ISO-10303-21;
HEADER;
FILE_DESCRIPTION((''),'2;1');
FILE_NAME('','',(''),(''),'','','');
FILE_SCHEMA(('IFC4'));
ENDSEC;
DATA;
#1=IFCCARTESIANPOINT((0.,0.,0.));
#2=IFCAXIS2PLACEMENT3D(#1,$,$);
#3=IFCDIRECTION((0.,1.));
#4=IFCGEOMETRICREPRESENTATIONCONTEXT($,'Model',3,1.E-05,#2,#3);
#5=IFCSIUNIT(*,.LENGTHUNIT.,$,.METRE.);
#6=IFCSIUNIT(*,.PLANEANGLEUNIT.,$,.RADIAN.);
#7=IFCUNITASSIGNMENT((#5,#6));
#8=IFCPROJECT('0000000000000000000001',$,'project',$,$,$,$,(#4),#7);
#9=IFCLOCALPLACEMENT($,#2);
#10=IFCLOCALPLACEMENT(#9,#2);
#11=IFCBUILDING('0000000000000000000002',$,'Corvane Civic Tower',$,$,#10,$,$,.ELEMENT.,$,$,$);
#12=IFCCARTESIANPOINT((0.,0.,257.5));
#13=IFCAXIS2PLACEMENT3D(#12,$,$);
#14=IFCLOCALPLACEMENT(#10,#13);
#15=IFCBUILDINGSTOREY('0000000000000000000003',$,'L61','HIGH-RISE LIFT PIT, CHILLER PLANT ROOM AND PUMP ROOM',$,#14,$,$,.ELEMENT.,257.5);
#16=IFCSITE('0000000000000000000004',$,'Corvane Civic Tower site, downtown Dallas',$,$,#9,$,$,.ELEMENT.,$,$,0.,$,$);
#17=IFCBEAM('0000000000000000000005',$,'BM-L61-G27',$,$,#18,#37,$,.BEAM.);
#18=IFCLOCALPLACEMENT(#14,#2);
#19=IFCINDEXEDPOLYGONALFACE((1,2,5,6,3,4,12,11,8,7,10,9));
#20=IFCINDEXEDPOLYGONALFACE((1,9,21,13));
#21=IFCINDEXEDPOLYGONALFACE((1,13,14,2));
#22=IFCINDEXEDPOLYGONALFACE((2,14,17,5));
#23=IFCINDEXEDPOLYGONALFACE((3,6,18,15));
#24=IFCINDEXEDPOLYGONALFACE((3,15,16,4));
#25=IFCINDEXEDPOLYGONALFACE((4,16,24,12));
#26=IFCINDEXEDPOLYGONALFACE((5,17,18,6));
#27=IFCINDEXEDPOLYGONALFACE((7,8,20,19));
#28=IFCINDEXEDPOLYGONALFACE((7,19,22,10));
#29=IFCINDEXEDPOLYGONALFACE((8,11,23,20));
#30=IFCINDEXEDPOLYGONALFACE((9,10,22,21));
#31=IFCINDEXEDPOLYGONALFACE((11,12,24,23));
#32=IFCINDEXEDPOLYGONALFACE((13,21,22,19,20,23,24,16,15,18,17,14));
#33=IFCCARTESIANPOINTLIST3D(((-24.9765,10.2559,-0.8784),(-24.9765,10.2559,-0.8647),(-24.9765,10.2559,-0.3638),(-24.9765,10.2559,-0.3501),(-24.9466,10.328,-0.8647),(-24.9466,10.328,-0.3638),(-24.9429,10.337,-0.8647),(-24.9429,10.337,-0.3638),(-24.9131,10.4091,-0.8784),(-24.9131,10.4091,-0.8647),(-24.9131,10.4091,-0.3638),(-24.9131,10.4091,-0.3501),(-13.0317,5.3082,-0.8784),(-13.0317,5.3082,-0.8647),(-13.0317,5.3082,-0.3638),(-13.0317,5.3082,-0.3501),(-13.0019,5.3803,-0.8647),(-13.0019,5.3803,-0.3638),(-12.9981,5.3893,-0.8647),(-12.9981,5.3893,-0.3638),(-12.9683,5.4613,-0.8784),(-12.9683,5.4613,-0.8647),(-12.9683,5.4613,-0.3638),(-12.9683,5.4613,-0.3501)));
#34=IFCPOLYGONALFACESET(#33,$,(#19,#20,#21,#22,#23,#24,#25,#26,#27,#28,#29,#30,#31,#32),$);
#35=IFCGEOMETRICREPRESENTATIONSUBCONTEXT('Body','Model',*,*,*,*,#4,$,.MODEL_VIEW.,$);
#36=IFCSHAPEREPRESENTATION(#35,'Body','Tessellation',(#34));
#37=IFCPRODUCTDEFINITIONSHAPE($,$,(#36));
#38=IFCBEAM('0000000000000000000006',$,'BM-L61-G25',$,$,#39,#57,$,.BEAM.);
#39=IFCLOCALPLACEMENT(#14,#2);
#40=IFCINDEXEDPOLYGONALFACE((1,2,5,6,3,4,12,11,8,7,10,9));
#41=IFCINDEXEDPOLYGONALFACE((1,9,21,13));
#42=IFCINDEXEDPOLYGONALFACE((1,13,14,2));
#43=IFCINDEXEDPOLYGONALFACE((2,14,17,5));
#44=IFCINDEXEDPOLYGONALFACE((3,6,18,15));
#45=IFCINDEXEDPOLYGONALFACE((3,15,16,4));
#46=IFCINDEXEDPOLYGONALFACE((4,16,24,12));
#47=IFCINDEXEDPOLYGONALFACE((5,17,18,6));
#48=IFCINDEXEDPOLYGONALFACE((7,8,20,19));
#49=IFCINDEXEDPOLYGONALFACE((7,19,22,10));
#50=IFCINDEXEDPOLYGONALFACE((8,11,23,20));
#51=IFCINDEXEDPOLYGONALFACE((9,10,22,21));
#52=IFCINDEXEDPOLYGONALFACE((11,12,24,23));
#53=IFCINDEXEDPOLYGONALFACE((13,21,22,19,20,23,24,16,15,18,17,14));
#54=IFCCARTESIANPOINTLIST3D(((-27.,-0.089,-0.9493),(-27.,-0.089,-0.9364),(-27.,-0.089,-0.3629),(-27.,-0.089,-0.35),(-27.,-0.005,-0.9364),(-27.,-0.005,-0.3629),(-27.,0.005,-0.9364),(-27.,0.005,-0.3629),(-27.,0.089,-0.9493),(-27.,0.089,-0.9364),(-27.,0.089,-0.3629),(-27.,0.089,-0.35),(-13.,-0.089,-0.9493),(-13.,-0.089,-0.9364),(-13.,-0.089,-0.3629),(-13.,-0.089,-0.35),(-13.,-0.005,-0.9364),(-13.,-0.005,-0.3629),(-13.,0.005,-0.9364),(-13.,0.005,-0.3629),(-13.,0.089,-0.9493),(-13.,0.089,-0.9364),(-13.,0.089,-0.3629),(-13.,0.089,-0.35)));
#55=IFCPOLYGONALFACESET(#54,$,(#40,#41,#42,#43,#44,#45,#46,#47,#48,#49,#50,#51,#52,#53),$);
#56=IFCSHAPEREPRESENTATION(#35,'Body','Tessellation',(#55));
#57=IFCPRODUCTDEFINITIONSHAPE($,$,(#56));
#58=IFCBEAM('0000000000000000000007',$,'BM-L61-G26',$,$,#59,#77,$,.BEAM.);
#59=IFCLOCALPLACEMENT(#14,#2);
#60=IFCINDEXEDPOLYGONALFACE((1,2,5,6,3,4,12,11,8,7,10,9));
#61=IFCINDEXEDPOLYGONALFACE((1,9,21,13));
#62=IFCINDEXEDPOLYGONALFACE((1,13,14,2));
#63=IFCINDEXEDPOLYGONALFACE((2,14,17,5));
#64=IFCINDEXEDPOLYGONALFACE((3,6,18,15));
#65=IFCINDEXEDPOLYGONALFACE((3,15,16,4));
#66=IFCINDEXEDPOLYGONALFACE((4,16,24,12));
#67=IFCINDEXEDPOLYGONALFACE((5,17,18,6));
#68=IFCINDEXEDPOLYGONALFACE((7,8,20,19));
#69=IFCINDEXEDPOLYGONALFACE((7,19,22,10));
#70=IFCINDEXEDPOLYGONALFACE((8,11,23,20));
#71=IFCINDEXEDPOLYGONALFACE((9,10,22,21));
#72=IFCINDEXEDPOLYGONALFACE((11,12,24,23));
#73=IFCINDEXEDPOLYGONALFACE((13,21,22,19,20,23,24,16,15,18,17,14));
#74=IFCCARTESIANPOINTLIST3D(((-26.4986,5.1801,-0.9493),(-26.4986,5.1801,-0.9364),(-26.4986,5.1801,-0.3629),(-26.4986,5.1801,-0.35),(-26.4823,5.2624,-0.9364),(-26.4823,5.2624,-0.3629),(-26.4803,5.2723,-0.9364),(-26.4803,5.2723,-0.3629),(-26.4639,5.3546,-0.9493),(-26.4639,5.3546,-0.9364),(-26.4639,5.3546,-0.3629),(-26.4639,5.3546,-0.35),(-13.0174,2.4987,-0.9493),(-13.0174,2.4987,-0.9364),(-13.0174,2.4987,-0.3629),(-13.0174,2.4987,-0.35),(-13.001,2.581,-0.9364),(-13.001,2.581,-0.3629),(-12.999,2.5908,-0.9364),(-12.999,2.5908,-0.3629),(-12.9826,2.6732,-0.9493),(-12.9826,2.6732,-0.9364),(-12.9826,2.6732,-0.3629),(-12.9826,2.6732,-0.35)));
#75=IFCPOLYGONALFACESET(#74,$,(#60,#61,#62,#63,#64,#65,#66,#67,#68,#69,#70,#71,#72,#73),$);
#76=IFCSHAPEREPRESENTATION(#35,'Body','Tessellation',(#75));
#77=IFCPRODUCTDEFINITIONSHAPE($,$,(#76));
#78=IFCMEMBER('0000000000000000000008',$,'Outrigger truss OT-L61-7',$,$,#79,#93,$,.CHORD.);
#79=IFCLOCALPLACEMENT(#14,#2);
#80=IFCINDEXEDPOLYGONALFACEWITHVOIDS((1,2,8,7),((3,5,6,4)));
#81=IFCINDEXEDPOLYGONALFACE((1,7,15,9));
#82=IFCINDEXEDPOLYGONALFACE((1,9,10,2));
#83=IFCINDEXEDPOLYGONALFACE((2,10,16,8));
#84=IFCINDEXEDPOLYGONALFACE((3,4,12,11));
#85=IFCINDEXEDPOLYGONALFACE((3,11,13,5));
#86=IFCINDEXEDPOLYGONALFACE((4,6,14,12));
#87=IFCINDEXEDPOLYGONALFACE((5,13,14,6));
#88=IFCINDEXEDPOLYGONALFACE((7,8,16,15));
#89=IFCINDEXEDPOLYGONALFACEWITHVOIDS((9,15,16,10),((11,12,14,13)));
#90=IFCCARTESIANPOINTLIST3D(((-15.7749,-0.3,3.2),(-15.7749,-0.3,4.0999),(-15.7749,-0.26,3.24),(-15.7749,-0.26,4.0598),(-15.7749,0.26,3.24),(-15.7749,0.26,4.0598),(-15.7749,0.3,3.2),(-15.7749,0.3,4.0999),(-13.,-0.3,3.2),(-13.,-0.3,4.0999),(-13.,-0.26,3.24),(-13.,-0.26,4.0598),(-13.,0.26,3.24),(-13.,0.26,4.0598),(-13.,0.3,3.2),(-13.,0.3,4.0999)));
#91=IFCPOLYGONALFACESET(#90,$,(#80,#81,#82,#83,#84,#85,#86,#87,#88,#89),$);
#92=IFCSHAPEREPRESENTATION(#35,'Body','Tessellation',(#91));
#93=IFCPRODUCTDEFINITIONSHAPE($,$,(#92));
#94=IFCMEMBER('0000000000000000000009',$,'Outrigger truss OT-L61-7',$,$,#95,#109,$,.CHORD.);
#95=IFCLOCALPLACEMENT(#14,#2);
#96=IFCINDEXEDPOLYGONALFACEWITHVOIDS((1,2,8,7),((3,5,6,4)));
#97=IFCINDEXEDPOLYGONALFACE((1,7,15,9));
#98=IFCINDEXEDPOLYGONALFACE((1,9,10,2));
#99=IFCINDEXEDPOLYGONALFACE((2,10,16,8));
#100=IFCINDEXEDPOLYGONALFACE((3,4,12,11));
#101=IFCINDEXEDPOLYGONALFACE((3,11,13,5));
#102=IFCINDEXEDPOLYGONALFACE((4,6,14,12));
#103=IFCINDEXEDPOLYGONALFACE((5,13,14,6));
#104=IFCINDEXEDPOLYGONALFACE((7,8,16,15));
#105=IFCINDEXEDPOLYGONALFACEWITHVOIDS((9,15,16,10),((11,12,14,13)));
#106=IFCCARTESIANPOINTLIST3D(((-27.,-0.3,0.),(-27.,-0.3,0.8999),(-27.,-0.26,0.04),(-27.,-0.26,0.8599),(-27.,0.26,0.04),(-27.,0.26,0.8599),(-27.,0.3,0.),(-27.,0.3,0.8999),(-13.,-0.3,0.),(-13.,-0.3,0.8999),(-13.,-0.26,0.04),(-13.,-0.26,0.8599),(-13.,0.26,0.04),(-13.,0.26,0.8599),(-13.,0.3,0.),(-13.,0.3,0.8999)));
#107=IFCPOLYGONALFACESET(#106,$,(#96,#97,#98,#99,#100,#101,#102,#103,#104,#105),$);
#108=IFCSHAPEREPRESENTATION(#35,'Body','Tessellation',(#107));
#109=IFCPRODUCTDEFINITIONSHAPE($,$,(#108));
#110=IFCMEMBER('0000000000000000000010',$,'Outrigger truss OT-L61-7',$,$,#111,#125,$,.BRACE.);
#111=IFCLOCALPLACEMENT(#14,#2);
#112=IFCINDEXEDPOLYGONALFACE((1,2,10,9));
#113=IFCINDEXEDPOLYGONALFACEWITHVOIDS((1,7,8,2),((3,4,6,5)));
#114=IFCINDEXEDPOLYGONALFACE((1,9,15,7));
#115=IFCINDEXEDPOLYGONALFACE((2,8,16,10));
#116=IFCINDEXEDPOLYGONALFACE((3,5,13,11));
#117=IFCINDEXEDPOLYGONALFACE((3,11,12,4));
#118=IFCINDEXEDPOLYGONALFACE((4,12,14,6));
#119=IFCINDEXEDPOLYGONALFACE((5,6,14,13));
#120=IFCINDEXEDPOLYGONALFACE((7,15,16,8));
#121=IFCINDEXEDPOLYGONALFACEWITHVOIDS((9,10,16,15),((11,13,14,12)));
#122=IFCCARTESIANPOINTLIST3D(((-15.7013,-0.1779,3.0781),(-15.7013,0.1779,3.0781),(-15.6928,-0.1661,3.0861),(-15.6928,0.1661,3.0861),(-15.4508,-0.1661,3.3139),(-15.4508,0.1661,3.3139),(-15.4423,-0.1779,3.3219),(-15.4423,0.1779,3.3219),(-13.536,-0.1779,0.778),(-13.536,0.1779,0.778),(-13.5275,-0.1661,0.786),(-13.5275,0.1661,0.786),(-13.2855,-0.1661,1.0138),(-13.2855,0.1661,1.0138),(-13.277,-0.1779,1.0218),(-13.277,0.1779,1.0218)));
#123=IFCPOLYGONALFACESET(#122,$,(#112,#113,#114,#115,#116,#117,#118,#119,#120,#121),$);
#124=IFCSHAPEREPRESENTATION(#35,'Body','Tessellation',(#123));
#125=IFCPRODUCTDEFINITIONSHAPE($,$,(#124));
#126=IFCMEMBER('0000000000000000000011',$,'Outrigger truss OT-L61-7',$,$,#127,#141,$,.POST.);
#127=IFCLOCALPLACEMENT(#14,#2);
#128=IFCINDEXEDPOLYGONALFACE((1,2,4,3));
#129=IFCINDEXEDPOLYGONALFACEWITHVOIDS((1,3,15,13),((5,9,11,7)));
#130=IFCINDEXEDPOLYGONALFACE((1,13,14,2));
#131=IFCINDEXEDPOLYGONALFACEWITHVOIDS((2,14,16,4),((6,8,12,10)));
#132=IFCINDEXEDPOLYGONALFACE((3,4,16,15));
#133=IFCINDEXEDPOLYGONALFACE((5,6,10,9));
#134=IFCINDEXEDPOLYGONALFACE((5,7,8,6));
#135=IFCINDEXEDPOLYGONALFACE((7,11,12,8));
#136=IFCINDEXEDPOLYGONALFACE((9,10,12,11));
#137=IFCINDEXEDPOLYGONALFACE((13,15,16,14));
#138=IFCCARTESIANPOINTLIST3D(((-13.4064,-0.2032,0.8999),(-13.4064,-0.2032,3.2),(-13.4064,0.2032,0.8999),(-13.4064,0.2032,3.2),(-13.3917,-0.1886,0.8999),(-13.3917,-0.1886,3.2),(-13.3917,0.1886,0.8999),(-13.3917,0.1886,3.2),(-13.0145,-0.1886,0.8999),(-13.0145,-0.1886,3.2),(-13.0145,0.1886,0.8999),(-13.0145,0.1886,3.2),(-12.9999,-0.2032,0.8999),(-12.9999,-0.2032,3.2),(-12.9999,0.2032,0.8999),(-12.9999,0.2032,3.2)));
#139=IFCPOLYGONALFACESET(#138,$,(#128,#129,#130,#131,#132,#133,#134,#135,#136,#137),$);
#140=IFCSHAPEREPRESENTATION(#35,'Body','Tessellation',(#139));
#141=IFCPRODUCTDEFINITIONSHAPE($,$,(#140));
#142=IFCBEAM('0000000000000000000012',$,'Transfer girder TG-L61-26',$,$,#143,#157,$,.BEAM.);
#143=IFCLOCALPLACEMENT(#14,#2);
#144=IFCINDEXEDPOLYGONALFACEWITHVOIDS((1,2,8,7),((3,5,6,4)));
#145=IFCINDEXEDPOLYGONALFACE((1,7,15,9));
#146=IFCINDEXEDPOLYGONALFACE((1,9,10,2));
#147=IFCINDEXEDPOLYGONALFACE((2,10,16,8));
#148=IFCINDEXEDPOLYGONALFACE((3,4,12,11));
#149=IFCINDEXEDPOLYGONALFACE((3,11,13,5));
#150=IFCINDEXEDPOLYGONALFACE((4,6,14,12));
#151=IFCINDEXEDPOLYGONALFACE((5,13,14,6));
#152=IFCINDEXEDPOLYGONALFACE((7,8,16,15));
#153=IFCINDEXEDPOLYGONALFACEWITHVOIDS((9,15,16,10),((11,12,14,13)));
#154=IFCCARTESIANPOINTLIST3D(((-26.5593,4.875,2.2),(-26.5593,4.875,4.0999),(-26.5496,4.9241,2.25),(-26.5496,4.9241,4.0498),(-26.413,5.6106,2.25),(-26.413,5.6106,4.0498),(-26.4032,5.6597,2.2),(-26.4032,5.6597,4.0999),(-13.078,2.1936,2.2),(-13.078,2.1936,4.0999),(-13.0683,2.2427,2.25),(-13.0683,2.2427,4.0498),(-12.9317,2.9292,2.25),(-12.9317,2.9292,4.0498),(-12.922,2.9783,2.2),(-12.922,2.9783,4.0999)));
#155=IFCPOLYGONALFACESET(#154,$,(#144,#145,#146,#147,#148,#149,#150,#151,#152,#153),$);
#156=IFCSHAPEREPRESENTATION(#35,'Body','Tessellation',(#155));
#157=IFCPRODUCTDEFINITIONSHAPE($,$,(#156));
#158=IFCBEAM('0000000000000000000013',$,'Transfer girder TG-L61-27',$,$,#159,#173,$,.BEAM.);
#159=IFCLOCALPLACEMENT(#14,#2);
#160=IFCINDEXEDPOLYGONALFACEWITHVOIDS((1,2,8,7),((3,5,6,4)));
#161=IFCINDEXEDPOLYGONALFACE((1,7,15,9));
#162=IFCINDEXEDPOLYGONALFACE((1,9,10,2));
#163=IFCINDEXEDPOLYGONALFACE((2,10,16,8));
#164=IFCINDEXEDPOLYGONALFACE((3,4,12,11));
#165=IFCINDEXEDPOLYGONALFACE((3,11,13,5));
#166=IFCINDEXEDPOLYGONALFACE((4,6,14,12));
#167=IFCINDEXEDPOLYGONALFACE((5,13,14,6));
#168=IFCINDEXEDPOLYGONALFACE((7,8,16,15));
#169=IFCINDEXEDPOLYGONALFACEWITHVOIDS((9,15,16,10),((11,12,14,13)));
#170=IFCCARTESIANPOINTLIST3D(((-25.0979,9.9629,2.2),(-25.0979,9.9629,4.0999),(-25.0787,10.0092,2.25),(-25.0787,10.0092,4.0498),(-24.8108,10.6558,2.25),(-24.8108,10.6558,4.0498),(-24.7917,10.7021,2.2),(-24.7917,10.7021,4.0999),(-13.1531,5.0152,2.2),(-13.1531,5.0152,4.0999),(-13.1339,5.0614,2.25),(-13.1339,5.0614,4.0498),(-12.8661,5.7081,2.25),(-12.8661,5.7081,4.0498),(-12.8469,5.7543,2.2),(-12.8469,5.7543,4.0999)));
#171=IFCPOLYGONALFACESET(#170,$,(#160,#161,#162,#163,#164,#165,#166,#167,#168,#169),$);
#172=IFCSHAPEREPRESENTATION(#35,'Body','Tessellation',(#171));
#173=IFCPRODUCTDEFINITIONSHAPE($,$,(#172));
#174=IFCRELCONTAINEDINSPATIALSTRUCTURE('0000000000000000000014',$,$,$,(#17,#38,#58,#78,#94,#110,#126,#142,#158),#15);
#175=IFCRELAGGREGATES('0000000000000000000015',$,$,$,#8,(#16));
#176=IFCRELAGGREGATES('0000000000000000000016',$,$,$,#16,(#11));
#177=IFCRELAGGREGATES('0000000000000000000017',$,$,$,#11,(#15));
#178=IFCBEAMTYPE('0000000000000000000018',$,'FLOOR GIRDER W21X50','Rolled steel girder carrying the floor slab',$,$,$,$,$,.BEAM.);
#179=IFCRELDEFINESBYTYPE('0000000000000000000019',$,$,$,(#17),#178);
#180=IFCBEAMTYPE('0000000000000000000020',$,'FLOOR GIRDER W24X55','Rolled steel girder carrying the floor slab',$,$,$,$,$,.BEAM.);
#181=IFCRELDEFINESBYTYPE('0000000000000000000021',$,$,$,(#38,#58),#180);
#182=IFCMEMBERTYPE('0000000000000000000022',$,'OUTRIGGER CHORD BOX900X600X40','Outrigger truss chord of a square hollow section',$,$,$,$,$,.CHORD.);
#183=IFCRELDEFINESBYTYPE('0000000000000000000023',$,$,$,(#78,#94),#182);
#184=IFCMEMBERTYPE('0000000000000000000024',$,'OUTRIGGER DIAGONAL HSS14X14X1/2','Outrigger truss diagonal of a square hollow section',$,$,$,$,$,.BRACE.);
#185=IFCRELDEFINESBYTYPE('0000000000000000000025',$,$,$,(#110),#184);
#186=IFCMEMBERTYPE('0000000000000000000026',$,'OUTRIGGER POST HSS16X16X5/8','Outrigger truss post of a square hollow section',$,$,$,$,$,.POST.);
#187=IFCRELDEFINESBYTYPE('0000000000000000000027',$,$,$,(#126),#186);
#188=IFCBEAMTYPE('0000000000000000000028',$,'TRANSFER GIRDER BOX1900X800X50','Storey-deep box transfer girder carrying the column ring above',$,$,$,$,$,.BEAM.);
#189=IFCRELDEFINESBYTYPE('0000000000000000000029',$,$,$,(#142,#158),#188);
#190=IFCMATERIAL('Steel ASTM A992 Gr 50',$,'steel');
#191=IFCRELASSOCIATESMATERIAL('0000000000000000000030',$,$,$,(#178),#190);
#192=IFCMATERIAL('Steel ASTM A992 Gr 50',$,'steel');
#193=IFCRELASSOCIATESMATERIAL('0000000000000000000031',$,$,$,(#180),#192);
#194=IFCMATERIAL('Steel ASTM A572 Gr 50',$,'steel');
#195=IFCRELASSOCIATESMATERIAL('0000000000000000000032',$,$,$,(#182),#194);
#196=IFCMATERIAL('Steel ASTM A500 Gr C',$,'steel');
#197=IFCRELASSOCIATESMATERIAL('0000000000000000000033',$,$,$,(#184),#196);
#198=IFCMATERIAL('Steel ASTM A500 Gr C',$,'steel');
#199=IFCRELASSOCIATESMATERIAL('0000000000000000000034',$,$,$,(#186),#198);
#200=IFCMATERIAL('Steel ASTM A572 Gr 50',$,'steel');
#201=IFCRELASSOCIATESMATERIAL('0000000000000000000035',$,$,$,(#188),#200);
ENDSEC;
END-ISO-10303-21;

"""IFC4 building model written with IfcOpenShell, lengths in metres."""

from ifc_helpers import new_model, si_unit, direction, frame, origin, origin_2d, place, context, subcontext, project, spatial, hollow_rectangle, i_section, extrude, material, material_profile, profile_set, type_object, element, save


model = new_model("IFC4")

# Units and contexts
model_context = context("Model", 3, precision=1e-05, world=origin(), true_north=direction((0.0, 1.0)))
body_context = subcontext(model_context, "Body", "Model", "MODEL_VIEW")
ifc_project = project(units=[si_unit("LENGTHUNIT", "METRE"), si_unit("PLANEANGLEUNIT", "RADIAN")], contexts=[model_context])

# Site, building, storey
site_placement = place(None, origin())
site = spatial("IfcSite", under=ifc_project, at=site_placement, Name="Corvane Civic Tower site, downtown Dallas", CompositionType="ELEMENT", RefElevation=0.0)
building_placement = place(site_placement, origin())
building = spatial("IfcBuilding", under=site, at=building_placement, Name="Corvane Civic Tower", CompositionType="ELEMENT")
storey_placement = place(building_placement, frame((0.0, 0.0, 257.5)))
storey = spatial("IfcBuildingStorey", under=building, at=storey_placement, Name="L61", Description="HIGH-RISE LIFT PIT, CHILLER PLANT ROOM AND PUMP ROOM", CompositionType="ELEMENT", Elevation=257.5)

# Beams
ifc_material_1 = material(Name="Steel ASTM A992 Gr 50", Category="steel")
ifc_material_profile_1 = material_profile(ifc_material_1, i_section(OverallWidth=0.1658, OverallDepth=0.5283, WebThickness=0.0098, FlangeThickness=0.0137, at=origin_2d()), Name="W21X50")
ifc_profile_set_1 = profile_set([ifc_material_profile_1], Name="Steel ASTM A992 Gr 50")
beam_type_1 = type_object("IfcBeamType", Name="FLOOR GIRDER W21X50", Description="Rolled steel girder carrying the floor slab", PredefinedType="BEAM", material=ifc_profile_set_1)
beam_1_placement = place(storey_placement, frame((-13.0, 5.3848, -0.6143), z_axis=(-0.923878, 0.382686, 0.0), x_axis=(-0.382686, -0.923878, 0.0)))
element("IfcBeam", 1, at=beam_1_placement, inside=storey, type_object=beam_type_1, Name="BM-L61-G27", PredefinedType="BEAM", context=body_context, shape_type="SweptSolid", body=[
    extrude(i_section(OverallWidth=0.1658, OverallDepth=0.5283, WebThickness=0.0098, FlangeThickness=0.0137, at=origin_2d()), origin(), (0.0, 0.0, 1.0), 12.929),
])
ifc_material_2 = material(Name="Steel ASTM A992 Gr 50", Category="steel")
ifc_material_profile_2 = material_profile(ifc_material_2, i_section(OverallWidth=0.178, OverallDepth=0.5994, WebThickness=0.01, FlangeThickness=0.0129, at=origin_2d()), Name="W24X55")
ifc_profile_set_2 = profile_set([ifc_material_profile_2], Name="Steel ASTM A992 Gr 50")
beam_type_2 = type_object("IfcBeamType", Name="FLOOR GIRDER W24X55", Description="Rolled steel girder carrying the floor slab", PredefinedType="BEAM", material=ifc_profile_set_2)
beam_2_placement = place(storey_placement, frame((-13.0, 0.0, -0.6497), z_axis=(-1.0, 0.0, 0.0), x_axis=(0.0, -1.0, 0.0)))
element("IfcBeam", 2, at=beam_2_placement, inside=storey, type_object=beam_type_2, Name="BM-L61-G25", PredefinedType="BEAM", context=body_context, shape_type="SweptSolid", body=[
    extrude(i_section(OverallWidth=0.178, OverallDepth=0.5994, WebThickness=0.01, FlangeThickness=0.0129, at=origin_2d()), origin(), (0.0, 0.0, 1.0), 14.0),
])
beam_3_placement = place(storey_placement, frame((-13.0, 2.5859, -0.6497), z_axis=(-0.980788, 0.195078, 0.0), x_axis=(-0.195078, -0.980788, 0.0)))
element("IfcBeam", 3, at=beam_3_placement, inside=storey, type_object=beam_type_2, Name="BM-L61-G26", PredefinedType="BEAM", context=body_context, shape_type="SweptSolid", body=[
    extrude(i_section(OverallWidth=0.178, OverallDepth=0.5994, WebThickness=0.01, FlangeThickness=0.0129, at=origin_2d()), origin(), (0.0, 0.0, 1.0), 13.7454),
])

# Members
ifc_material_3 = material(Name="Steel ASTM A572 Gr 50", Category="steel")
ifc_material_profile_3 = material_profile(ifc_material_3, hollow_rectangle(XDim=0.6001, YDim=0.8999, WallThickness=0.04, at=origin_2d()), Name="BOX900X600X40")
ifc_profile_set_3 = profile_set([ifc_material_profile_3], Name="Steel ASTM A572 Gr 50")
member_type_1 = type_object("IfcMemberType", Name="OUTRIGGER CHORD BOX900X600X40", Description="Outrigger truss chord of a square hollow section", PredefinedType="CHORD", material=ifc_profile_set_3)
member_1_placement = place(storey_placement, frame((-13.0, 0.0, 3.6499), z_axis=(-1.0, 0.0, 0.0), x_axis=(0.0, -1.0, 0.0)))
element("IfcMember", 4, at=member_1_placement, inside=storey, type_object=member_type_1, Name="Outrigger truss OT-L61-7", PredefinedType="CHORD", context=body_context, shape_type="SweptSolid", body=[
    extrude(hollow_rectangle(XDim=0.6001, YDim=0.8999, WallThickness=0.04, at=origin_2d()), origin(), (0.0, 0.0, 1.0), 2.7749),
])
member_2_placement = place(storey_placement, frame((-13.0, 0.0, 0.45), z_axis=(-1.0, 0.0, 0.0), x_axis=(0.0, -1.0, 0.0)))
element("IfcMember", 5, at=member_2_placement, inside=storey, type_object=member_type_1, Name="Outrigger truss OT-L61-7", PredefinedType="CHORD", context=body_context, shape_type="SweptSolid", body=[
    extrude(hollow_rectangle(XDim=0.6001, YDim=0.8999, WallThickness=0.04, at=origin_2d()), origin(), (0.0, 0.0, 1.0), 14.0),
])
ifc_material_4 = material(Name="Steel ASTM A500 Gr C", Category="steel")
ifc_material_profile_4 = material_profile(ifc_material_4, hollow_rectangle(XDim=0.3557, YDim=0.3557, WallThickness=0.0117, at=origin_2d()), Name="HSS14X14X1/2")
ifc_profile_set_4 = profile_set([ifc_material_profile_4], Name="Steel ASTM A500 Gr C")
member_type_2 = type_object("IfcMemberType", Name="OUTRIGGER DIAGONAL HSS14X14X1/2", Description="Outrigger truss diagonal of a square hollow section", PredefinedType="BRACE", material=ifc_profile_set_4)
member_3_placement = place(storey_placement, frame((-13.4065, 0.0, 0.8999), z_axis=(-0.685454, 0.0, 0.728116), x_axis=(0.0, -1.0, 0.0)))
element("IfcMember", 6, at=member_3_placement, inside=storey, type_object=member_type_2, Name="Outrigger truss OT-L61-7", PredefinedType="BRACE", context=body_context, shape_type="SweptSolid", body=[
    extrude(hollow_rectangle(XDim=0.3557, YDim=0.3557, WallThickness=0.0117, at=origin_2d()), origin(), (0.0, 0.0, 1.0), 3.1589),
])
ifc_material_5 = material(Name="Steel ASTM A500 Gr C", Category="steel")
ifc_material_profile_5 = material_profile(ifc_material_5, hollow_rectangle(XDim=0.4065, YDim=0.4065, WallThickness=0.0146, at=origin_2d()), Name="HSS16X16X5/8")
ifc_profile_set_5 = profile_set([ifc_material_profile_5], Name="Steel ASTM A500 Gr C")
member_type_3 = type_object("IfcMemberType", Name="OUTRIGGER POST HSS16X16X5/8", Description="Outrigger truss post of a square hollow section", PredefinedType="POST", material=ifc_profile_set_5)
member_4_placement = place(storey_placement, frame((-13.2031, 0.0, 0.8999), z_axis=(0.0, 0.0, 1.0), x_axis=(1.0, 0.0, 0.0)))
element("IfcMember", 7, at=member_4_placement, inside=storey, type_object=member_type_3, Name="Outrigger truss OT-L61-7", PredefinedType="POST", context=body_context, shape_type="SweptSolid", body=[
    extrude(hollow_rectangle(XDim=0.4065, YDim=0.4065, WallThickness=0.0146, at=origin_2d()), origin(), (0.0, 0.0, 1.0), 2.3),
])

# Beams
ifc_material_6 = material(Name="Steel ASTM A572 Gr 50", Category="steel")
ifc_material_profile_6 = material_profile(ifc_material_6, hollow_rectangle(XDim=0.8, YDim=1.8999, WallThickness=0.05, at=origin_2d()), Name="BOX1900X800X50")
ifc_profile_set_6 = profile_set([ifc_material_profile_6], Name="Steel ASTM A572 Gr 50")
beam_type_3 = type_object("IfcBeamType", Name="TRANSFER GIRDER BOX1900X800X50", Description="Storey-deep box transfer girder carrying the column ring above", PredefinedType="BEAM", material=ifc_profile_set_6)
beam_4_placement = place(storey_placement, frame((-13.0, 2.5859, 3.1499), z_axis=(-0.980788, 0.195078, 0.0), x_axis=(-0.195078, -0.980788, 0.0)))
element("IfcBeam", 8, at=beam_4_placement, inside=storey, type_object=beam_type_3, Name="Transfer girder TG-L61-26", PredefinedType="BEAM", context=body_context, shape_type="SweptSolid", body=[
    extrude(hollow_rectangle(XDim=0.8, YDim=1.8999, WallThickness=0.05, at=origin_2d()), origin(), (0.0, 0.0, 1.0), 13.7454),
])
beam_5_placement = place(storey_placement, frame((-13.0, 5.3848, 3.1499), z_axis=(-0.923878, 0.382686, 0.0), x_axis=(-0.382686, -0.923878, 0.0)))
element("IfcBeam", 9, at=beam_5_placement, inside=storey, type_object=beam_type_3, Name="Transfer girder TG-L61-27", PredefinedType="BEAM", context=body_context, shape_type="SweptSolid", body=[
    extrude(hollow_rectangle(XDim=0.8, YDim=1.8999, WallThickness=0.05, at=origin_2d()), origin(), (0.0, 0.0, 1.0), 12.929),
])

save(model, "model.ifc")
